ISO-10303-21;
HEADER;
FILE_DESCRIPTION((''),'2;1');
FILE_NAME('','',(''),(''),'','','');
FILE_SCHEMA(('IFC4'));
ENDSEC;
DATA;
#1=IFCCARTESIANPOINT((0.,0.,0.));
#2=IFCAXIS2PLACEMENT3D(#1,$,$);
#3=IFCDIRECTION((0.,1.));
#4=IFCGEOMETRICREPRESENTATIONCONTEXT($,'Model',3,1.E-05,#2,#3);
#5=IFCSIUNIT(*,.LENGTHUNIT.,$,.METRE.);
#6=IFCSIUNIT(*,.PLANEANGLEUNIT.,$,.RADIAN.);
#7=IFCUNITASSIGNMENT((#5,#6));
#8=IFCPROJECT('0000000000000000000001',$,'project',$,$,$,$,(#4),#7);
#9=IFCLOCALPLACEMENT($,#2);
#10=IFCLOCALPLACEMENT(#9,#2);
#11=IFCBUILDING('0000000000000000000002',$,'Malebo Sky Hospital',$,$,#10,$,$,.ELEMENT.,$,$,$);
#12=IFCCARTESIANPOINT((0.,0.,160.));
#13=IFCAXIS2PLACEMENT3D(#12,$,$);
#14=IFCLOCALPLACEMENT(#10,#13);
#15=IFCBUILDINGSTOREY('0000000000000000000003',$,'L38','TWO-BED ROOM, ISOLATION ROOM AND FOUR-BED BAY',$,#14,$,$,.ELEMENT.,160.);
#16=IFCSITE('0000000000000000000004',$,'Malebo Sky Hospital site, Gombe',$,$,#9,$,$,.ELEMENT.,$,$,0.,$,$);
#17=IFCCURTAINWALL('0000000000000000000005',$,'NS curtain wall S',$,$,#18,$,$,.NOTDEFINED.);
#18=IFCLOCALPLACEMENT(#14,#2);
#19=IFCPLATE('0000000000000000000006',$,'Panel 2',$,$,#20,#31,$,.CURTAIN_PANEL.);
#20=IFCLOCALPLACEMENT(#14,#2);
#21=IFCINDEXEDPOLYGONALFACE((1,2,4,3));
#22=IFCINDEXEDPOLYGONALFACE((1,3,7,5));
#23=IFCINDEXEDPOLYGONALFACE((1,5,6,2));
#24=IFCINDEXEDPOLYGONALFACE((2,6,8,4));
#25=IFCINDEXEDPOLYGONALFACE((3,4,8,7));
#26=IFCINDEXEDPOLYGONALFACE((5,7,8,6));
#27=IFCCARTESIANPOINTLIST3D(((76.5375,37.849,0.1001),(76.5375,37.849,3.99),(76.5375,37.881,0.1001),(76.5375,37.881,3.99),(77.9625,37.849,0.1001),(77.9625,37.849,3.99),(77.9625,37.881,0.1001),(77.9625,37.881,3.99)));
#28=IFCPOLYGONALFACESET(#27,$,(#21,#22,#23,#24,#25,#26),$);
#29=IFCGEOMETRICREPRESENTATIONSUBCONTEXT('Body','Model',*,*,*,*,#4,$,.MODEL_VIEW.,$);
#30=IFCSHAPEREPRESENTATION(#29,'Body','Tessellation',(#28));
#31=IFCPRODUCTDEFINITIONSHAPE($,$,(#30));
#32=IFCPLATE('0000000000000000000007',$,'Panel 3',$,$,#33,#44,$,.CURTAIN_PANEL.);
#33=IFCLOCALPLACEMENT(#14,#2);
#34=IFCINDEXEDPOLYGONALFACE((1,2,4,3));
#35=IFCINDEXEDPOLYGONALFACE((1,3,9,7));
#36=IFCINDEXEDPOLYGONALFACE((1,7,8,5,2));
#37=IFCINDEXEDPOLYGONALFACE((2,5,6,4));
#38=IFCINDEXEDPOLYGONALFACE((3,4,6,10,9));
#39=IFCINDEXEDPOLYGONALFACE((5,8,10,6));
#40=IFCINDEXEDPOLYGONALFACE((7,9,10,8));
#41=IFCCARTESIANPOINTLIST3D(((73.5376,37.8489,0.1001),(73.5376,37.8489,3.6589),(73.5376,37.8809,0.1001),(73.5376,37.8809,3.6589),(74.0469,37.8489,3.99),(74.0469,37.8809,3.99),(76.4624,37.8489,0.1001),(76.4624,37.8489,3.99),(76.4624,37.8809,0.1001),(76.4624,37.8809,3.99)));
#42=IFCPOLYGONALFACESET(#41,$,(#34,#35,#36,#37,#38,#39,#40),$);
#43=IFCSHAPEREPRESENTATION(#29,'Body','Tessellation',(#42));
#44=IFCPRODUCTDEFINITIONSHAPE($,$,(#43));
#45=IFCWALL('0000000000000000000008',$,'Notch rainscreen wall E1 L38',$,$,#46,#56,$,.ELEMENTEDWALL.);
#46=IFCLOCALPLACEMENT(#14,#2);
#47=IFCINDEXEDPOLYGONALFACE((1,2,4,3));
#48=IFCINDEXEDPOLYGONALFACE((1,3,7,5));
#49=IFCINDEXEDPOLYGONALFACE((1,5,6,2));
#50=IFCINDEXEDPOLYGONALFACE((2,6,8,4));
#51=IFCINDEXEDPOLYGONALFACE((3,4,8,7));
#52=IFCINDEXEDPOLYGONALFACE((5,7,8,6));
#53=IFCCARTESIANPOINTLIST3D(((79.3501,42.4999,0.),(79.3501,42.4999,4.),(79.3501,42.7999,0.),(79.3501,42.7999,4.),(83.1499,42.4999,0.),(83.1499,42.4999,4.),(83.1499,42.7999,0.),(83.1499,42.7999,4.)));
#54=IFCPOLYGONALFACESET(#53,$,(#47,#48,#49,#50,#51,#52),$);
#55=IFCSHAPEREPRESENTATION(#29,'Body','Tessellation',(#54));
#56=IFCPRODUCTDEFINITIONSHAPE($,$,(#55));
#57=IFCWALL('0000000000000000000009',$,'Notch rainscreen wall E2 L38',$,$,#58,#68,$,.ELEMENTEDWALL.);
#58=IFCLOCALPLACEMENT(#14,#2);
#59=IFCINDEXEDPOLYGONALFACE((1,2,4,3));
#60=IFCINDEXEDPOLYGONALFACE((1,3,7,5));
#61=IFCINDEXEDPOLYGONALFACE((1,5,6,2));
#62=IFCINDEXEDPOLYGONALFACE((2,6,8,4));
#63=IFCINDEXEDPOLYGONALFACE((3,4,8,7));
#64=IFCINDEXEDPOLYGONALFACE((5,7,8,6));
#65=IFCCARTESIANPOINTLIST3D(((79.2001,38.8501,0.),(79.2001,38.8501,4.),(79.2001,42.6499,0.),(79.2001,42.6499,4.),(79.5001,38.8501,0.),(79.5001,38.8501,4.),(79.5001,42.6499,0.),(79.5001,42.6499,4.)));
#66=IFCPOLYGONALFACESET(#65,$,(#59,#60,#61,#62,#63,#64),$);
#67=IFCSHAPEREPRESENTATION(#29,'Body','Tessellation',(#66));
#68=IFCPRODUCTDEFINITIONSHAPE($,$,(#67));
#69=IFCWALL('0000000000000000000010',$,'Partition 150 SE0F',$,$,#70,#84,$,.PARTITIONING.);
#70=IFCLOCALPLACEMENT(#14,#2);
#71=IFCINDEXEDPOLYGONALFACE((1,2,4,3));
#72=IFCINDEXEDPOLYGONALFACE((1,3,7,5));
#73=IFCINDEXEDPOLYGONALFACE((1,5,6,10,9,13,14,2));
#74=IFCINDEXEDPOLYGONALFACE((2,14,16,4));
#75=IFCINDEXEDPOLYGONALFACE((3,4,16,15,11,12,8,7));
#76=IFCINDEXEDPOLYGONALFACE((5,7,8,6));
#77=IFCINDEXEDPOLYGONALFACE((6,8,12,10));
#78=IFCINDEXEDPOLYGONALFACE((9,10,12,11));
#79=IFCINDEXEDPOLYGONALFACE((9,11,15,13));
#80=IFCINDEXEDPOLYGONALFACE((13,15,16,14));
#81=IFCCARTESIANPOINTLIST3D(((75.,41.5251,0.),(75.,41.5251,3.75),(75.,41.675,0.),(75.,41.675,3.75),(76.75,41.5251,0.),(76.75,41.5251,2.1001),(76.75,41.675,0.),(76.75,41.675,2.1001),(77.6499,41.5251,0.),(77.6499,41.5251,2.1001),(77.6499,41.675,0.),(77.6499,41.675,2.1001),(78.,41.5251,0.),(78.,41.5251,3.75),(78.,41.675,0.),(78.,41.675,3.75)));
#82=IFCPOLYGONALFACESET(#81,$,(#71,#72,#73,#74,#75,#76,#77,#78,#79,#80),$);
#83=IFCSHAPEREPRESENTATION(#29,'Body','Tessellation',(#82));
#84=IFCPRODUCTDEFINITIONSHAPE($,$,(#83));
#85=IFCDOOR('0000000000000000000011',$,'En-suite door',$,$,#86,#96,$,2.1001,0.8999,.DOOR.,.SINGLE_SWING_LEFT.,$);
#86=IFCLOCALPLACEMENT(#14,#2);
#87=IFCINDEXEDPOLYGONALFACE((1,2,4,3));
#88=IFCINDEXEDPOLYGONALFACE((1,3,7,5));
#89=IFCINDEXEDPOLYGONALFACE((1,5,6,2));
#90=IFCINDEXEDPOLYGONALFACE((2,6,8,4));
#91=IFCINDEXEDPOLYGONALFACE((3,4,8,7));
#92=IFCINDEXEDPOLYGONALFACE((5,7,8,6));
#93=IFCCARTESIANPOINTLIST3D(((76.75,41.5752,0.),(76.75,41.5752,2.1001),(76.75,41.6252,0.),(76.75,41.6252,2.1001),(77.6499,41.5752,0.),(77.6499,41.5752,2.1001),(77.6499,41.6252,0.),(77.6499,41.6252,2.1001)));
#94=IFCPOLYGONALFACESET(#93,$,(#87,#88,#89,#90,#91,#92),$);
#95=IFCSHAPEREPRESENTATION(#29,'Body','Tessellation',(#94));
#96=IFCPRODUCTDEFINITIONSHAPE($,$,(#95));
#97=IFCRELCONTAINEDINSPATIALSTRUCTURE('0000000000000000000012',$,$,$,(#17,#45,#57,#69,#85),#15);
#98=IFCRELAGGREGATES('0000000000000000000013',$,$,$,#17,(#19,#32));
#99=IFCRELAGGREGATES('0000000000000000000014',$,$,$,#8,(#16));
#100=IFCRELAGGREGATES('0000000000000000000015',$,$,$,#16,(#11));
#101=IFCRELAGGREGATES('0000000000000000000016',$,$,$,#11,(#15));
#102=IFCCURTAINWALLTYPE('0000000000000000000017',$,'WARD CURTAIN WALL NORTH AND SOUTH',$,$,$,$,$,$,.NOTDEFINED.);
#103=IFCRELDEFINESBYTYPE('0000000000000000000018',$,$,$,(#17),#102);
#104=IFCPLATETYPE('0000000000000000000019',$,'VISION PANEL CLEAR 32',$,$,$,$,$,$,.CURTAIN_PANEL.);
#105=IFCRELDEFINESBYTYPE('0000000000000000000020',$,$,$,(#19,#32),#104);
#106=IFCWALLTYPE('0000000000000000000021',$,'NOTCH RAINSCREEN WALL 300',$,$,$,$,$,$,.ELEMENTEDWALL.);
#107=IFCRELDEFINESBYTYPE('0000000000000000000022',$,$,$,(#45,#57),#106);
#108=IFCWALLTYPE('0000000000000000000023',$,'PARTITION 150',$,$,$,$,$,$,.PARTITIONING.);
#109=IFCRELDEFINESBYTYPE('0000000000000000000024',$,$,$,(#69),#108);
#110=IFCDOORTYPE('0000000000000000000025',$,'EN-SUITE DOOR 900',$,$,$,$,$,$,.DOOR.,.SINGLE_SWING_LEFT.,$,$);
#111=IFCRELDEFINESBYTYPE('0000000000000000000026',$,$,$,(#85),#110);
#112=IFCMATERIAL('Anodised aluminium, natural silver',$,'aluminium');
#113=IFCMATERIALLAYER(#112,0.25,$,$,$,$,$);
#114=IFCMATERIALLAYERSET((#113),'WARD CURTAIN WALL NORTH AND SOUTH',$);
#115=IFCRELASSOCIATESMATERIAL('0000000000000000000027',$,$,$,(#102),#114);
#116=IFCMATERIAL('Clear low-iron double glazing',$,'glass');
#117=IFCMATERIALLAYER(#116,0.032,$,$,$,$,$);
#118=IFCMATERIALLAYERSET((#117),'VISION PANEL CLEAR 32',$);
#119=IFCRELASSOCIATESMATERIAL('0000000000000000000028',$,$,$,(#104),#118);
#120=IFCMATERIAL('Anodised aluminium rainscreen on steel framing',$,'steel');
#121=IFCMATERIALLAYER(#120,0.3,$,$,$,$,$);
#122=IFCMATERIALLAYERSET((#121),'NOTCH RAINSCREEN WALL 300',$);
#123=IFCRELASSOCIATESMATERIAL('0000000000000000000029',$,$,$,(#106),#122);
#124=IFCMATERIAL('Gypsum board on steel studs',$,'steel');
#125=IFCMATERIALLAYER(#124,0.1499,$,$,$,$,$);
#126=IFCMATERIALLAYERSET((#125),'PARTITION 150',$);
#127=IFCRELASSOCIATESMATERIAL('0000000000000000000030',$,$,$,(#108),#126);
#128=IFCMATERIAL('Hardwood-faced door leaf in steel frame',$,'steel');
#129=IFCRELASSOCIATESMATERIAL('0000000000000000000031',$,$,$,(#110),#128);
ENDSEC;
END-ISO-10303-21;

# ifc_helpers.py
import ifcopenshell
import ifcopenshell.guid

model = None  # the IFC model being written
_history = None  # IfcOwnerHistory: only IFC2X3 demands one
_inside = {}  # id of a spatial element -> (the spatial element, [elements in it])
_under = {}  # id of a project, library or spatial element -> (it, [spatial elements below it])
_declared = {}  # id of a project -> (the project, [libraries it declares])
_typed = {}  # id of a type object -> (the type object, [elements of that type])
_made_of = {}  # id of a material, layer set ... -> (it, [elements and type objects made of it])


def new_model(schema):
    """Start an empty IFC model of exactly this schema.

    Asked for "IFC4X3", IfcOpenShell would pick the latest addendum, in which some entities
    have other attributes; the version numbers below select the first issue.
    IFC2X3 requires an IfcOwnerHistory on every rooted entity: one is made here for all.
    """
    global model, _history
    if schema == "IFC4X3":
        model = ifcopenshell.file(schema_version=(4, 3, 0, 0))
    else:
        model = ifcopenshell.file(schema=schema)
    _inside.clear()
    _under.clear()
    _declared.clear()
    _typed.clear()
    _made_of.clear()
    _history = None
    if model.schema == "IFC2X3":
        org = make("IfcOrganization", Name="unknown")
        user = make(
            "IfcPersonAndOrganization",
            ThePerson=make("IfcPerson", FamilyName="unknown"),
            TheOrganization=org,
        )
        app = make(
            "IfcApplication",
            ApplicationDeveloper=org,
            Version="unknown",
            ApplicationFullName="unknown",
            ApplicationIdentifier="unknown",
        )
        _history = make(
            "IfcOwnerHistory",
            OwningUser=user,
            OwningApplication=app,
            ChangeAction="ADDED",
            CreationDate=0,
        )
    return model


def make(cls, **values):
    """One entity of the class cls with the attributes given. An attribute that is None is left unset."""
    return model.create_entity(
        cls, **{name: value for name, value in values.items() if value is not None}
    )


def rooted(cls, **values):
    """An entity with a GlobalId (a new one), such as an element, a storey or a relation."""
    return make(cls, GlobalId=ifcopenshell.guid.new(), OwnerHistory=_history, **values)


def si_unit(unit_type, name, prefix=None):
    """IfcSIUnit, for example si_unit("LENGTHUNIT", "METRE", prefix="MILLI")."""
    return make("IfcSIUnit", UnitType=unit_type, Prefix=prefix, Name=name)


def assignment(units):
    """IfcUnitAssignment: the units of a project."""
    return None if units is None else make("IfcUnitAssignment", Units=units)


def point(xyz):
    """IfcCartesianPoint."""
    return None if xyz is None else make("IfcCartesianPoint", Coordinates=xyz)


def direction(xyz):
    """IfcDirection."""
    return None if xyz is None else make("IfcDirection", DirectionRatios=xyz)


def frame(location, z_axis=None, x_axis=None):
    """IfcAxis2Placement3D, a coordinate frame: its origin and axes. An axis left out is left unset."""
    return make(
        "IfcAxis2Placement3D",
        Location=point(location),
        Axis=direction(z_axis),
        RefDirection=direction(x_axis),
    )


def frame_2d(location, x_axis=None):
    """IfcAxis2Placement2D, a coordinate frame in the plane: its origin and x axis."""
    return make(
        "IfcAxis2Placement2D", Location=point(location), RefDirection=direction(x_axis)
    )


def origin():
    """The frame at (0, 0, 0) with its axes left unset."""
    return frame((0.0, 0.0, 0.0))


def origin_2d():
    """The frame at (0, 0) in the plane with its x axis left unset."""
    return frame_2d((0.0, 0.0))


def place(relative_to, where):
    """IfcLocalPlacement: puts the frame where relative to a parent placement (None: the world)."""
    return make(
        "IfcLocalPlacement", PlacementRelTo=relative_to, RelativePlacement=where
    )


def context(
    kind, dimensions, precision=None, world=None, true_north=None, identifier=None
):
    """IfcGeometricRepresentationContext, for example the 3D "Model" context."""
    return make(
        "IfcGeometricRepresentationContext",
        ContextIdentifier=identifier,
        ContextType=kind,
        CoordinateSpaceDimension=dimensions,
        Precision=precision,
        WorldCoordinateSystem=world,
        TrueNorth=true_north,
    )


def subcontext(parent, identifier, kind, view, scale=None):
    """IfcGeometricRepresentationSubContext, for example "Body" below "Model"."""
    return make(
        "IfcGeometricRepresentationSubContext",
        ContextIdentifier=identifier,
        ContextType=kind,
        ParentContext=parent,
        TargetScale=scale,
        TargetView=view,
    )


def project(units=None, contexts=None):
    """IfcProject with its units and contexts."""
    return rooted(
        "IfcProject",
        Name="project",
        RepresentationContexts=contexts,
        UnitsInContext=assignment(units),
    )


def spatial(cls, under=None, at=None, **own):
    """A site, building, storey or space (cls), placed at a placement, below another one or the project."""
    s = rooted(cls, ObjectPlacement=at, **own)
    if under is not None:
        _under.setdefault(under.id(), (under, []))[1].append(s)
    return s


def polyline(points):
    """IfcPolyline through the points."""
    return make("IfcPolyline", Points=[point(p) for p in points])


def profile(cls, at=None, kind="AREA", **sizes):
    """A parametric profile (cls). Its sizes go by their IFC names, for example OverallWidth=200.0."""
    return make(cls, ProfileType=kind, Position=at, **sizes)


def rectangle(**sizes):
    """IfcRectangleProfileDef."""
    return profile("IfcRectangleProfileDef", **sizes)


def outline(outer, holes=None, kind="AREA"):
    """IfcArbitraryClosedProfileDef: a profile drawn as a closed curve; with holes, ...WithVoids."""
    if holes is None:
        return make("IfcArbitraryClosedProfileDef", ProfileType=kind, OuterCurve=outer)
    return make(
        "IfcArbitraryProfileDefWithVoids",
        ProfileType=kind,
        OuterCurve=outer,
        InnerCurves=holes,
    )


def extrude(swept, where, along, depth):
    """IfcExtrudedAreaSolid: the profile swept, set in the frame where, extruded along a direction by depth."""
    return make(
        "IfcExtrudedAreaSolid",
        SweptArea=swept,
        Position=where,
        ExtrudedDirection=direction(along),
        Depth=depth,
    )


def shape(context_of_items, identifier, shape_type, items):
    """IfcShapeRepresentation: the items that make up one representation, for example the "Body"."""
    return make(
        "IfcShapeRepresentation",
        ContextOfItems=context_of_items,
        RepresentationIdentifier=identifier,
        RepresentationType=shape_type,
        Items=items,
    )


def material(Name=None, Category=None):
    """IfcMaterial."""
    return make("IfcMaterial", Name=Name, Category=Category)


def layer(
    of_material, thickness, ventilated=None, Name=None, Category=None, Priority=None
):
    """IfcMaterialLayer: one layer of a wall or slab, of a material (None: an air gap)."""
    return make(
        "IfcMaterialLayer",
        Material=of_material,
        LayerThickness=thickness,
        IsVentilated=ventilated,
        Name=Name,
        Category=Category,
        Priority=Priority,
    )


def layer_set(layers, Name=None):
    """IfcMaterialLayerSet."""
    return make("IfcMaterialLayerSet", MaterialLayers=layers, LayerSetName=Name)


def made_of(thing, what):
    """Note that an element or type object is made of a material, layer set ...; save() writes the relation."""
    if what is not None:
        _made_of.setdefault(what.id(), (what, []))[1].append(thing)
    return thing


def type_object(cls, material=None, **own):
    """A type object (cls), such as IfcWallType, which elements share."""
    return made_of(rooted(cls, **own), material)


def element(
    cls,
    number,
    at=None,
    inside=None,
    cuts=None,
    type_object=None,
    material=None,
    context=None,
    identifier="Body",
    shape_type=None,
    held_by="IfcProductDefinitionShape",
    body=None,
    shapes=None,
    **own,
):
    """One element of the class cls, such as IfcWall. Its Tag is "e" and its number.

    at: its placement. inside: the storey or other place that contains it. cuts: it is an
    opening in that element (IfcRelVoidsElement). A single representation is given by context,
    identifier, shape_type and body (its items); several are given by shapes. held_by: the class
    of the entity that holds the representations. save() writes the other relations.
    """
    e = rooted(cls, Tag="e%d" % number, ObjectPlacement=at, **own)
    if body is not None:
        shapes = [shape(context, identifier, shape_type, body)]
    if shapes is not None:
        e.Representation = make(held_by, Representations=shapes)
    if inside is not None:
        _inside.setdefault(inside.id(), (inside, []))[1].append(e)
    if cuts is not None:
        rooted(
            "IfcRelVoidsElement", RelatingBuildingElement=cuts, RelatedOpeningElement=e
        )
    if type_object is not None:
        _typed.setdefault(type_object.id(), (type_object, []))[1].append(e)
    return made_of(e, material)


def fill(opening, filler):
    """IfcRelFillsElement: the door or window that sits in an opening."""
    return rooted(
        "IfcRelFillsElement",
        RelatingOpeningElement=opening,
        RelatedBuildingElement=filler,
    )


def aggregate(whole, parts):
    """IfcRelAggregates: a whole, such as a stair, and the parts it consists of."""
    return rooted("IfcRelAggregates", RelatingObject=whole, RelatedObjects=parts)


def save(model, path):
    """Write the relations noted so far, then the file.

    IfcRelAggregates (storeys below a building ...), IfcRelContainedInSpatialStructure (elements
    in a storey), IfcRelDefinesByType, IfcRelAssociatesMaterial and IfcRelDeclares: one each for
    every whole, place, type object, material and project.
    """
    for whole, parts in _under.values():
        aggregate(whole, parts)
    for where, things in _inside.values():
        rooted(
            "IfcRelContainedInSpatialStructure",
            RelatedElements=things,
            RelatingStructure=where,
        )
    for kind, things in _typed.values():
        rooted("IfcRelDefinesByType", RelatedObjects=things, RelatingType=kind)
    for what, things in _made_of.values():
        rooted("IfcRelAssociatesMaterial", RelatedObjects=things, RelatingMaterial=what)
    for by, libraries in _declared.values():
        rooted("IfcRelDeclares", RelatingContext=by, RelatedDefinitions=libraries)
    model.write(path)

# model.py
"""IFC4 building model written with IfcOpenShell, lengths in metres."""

from ifc_helpers import new_model, si_unit, direction, frame, frame_2d, origin, origin_2d, place, context, subcontext, project, spatial, polyline, rectangle, outline, extrude, material, layer, layer_set, type_object, element, fill, aggregate, save


model = new_model("IFC4")

# Units and contexts
model_context = context("Model", 3, precision=1e-05, world=origin(), true_north=direction((0.0, 1.0)))
body_context = subcontext(model_context, "Body", "Model", "MODEL_VIEW")
ifc_project = project(units=[si_unit("LENGTHUNIT", "METRE"), si_unit("PLANEANGLEUNIT", "RADIAN")], contexts=[model_context])

# Site, building, storey
site_placement = place(None, origin())
site = spatial("IfcSite", under=ifc_project, at=site_placement, Name="Malebo Sky Hospital site, Gombe", CompositionType="ELEMENT", RefElevation=0.0)
building_placement = place(site_placement, origin())
building = spatial("IfcBuilding", under=site, at=building_placement, Name="Malebo Sky Hospital", CompositionType="ELEMENT")
storey_placement = place(building_placement, frame((0.0, 0.0, 160.0)))
storey = spatial("IfcBuildingStorey", under=building, at=storey_placement, Name="L38", Description="TWO-BED ROOM, ISOLATION ROOM AND FOUR-BED BAY", CompositionType="ELEMENT", Elevation=160.0)

# Curtain wall
ifc_material_1 = material(Name="Anodised aluminium, natural silver", Category="aluminium")
ifc_layer_1 = layer(ifc_material_1, 0.25)
ifc_layer_set_1 = layer_set([ifc_layer_1], Name="WARD CURTAIN WALL NORTH AND SOUTH")
curtain_wall_type = type_object("IfcCurtainWallType", Name="WARD CURTAIN WALL NORTH AND SOUTH", PredefinedType="NOTDEFINED", material=ifc_layer_set_1)
curtain_wall_placement = place(storey_placement, origin())
curtain_wall = element("IfcCurtainWall", 1, at=curtain_wall_placement, inside=storey, type_object=curtain_wall_type, Name="NS curtain wall S", PredefinedType="NOTDEFINED")

# Plates
ifc_material_2 = material(Name="Clear low-iron double glazing", Category="glass")
ifc_layer_2 = layer(ifc_material_2, 0.032)
ifc_layer_set_2 = layer_set([ifc_layer_2], Name="VISION PANEL CLEAR 32")
plate_type = type_object("IfcPlateType", Name="VISION PANEL CLEAR 32", PredefinedType="CURTAIN_PANEL", material=ifc_layer_set_2)
plate_1_placement = place(storey_placement, frame((77.25, 37.865, 0.1001), z_axis=(0.0, 0.0, 1.0), x_axis=(-1.0, 0.0, 0.0)))
plate_1 = element("IfcPlate", 2, at=plate_1_placement, type_object=plate_type, Name="Panel 2", PredefinedType="CURTAIN_PANEL", context=body_context, shape_type="SweptSolid", body=[
    extrude(rectangle(XDim=1.425, YDim=0.032, at=origin_2d()), origin(), (0.0, 0.0, 1.0), 3.8899),
])
plate_2_placement = place(storey_placement, frame((75.0, 37.865, 0.1001), z_axis=(0.0, 0.0, 1.0), x_axis=(-1.0, 0.0, 0.0)))
plate_2 = element("IfcPlate", 3, at=plate_2_placement, type_object=plate_type, Name="Panel 3", PredefinedType="CURTAIN_PANEL", context=body_context, shape_type="SweptSolid", body=[
    extrude(outline(polyline([(-1.4624, 0.0), (1.4624, 0.0), (1.4624, 3.5588), (0.9531, 3.8899), (-1.4624, 3.8899), (-1.4624, 0.0)])), frame((0.0, 0.0161, 0.0), z_axis=(0.0, -1.0, 0.0), x_axis=(1.0, 0.0, 0.0)), (0.0, 0.0, 1.0), 0.032),
])
aggregate(curtain_wall, [plate_1, plate_2])

# Walls
ifc_material_3 = material(Name="Anodised aluminium rainscreen on steel framing", Category="steel")
ifc_layer_3 = layer(ifc_material_3, 0.3)
ifc_layer_set_3 = layer_set([ifc_layer_3], Name="NOTCH RAINSCREEN WALL 300")
wall_type_1 = type_object("IfcWallType", Name="NOTCH RAINSCREEN WALL 300", PredefinedType="ELEMENTEDWALL", material=ifc_layer_set_3)
for number, where, z_axis, x_axis, name in (
    (4, (83.1499, 42.6499, 0.0), (0.0, 0.0, 1.0), (-1.0, 0.0, 0.0), "Notch rainscreen wall E1 L38"),
    (5, (79.3501, 42.6499, 0.0), (0.0, 0.0, 1.0), (0.0, -1.0, 0.0), "Notch rainscreen wall E2 L38"),
):
    element("IfcWall", number, at=place(storey_placement, frame(where, z_axis=z_axis, x_axis=x_axis)), inside=storey, type_object=wall_type_1, Name=name, PredefinedType="ELEMENTEDWALL", context=body_context, shape_type="SweptSolid", body=[
        extrude(rectangle(XDim=3.7998, YDim=0.3, at=frame_2d((1.8999, 0.0))), origin(), (0.0, 0.0, 1.0), 4.0),
    ])

# Wall, opening, door
ifc_material_4 = material(Name="Gypsum board on steel studs", Category="steel")
ifc_layer_4 = layer(ifc_material_4, 0.1499)
ifc_layer_set_4 = layer_set([ifc_layer_4], Name="PARTITION 150")
wall_type_2 = type_object("IfcWallType", Name="PARTITION 150", PredefinedType="PARTITIONING", material=ifc_layer_set_4)
wall_placement = place(storey_placement, frame((78.0, 41.6001, 0.0), z_axis=(0.0, 0.0, 1.0), x_axis=(-1.0, 0.0, 0.0)))
wall = element("IfcWall", 6, at=wall_placement, inside=storey, type_object=wall_type_2, Name="Partition 150 SE0F", PredefinedType="PARTITIONING", context=body_context, shape_type="SweptSolid", body=[
    extrude(rectangle(XDim=3.0, YDim=0.1499, at=frame_2d((1.5, 0.0))), origin(), (0.0, 0.0, 1.0), 3.75),
])
opening_placement = place(wall_placement, frame((0.3501, 0.0, 0.0)))
opening = element("IfcOpeningElement", 7, at=opening_placement, cuts=wall, PredefinedType="OPENING", context=body_context, shape_type="SweptSolid", body=[
    extrude(rectangle(XDim=0.8999, YDim=2.1001, at=frame_2d((0.45, 1.05))), frame((0.0, 0.085, 0.0), z_axis=(0.0, -1.0, 0.0), x_axis=(1.0, 0.0, 0.0)), (0.0, 0.0, 1.0), 0.1699),
])
ifc_material_5 = material(Name="Hardwood-faced door leaf in steel frame", Category="steel")
door_type = type_object("IfcDoorType", Name="EN-SUITE DOOR 900", OperationType="SINGLE_SWING_LEFT", PredefinedType="DOOR", material=ifc_material_5)
door_placement = place(opening_placement, origin())
door = element("IfcDoor", 8, at=door_placement, inside=storey, type_object=door_type, Name="En-suite door", OperationType="SINGLE_SWING_LEFT", OverallHeight=2.1001, OverallWidth=0.8999, PredefinedType="DOOR", context=body_context, shape_type="SweptSolid", body=[
    extrude(rectangle(XDim=0.8999, YDim=2.1001, at=frame_2d((0.45, 1.05))), frame((0.0, 0.0249, 0.0), z_axis=(0.0, -1.0, 0.0), x_axis=(1.0, 0.0, 0.0)), (0.0, 0.0, 1.0), 0.05),
])
fill(opening, door)

save(model, "model.ifc")
